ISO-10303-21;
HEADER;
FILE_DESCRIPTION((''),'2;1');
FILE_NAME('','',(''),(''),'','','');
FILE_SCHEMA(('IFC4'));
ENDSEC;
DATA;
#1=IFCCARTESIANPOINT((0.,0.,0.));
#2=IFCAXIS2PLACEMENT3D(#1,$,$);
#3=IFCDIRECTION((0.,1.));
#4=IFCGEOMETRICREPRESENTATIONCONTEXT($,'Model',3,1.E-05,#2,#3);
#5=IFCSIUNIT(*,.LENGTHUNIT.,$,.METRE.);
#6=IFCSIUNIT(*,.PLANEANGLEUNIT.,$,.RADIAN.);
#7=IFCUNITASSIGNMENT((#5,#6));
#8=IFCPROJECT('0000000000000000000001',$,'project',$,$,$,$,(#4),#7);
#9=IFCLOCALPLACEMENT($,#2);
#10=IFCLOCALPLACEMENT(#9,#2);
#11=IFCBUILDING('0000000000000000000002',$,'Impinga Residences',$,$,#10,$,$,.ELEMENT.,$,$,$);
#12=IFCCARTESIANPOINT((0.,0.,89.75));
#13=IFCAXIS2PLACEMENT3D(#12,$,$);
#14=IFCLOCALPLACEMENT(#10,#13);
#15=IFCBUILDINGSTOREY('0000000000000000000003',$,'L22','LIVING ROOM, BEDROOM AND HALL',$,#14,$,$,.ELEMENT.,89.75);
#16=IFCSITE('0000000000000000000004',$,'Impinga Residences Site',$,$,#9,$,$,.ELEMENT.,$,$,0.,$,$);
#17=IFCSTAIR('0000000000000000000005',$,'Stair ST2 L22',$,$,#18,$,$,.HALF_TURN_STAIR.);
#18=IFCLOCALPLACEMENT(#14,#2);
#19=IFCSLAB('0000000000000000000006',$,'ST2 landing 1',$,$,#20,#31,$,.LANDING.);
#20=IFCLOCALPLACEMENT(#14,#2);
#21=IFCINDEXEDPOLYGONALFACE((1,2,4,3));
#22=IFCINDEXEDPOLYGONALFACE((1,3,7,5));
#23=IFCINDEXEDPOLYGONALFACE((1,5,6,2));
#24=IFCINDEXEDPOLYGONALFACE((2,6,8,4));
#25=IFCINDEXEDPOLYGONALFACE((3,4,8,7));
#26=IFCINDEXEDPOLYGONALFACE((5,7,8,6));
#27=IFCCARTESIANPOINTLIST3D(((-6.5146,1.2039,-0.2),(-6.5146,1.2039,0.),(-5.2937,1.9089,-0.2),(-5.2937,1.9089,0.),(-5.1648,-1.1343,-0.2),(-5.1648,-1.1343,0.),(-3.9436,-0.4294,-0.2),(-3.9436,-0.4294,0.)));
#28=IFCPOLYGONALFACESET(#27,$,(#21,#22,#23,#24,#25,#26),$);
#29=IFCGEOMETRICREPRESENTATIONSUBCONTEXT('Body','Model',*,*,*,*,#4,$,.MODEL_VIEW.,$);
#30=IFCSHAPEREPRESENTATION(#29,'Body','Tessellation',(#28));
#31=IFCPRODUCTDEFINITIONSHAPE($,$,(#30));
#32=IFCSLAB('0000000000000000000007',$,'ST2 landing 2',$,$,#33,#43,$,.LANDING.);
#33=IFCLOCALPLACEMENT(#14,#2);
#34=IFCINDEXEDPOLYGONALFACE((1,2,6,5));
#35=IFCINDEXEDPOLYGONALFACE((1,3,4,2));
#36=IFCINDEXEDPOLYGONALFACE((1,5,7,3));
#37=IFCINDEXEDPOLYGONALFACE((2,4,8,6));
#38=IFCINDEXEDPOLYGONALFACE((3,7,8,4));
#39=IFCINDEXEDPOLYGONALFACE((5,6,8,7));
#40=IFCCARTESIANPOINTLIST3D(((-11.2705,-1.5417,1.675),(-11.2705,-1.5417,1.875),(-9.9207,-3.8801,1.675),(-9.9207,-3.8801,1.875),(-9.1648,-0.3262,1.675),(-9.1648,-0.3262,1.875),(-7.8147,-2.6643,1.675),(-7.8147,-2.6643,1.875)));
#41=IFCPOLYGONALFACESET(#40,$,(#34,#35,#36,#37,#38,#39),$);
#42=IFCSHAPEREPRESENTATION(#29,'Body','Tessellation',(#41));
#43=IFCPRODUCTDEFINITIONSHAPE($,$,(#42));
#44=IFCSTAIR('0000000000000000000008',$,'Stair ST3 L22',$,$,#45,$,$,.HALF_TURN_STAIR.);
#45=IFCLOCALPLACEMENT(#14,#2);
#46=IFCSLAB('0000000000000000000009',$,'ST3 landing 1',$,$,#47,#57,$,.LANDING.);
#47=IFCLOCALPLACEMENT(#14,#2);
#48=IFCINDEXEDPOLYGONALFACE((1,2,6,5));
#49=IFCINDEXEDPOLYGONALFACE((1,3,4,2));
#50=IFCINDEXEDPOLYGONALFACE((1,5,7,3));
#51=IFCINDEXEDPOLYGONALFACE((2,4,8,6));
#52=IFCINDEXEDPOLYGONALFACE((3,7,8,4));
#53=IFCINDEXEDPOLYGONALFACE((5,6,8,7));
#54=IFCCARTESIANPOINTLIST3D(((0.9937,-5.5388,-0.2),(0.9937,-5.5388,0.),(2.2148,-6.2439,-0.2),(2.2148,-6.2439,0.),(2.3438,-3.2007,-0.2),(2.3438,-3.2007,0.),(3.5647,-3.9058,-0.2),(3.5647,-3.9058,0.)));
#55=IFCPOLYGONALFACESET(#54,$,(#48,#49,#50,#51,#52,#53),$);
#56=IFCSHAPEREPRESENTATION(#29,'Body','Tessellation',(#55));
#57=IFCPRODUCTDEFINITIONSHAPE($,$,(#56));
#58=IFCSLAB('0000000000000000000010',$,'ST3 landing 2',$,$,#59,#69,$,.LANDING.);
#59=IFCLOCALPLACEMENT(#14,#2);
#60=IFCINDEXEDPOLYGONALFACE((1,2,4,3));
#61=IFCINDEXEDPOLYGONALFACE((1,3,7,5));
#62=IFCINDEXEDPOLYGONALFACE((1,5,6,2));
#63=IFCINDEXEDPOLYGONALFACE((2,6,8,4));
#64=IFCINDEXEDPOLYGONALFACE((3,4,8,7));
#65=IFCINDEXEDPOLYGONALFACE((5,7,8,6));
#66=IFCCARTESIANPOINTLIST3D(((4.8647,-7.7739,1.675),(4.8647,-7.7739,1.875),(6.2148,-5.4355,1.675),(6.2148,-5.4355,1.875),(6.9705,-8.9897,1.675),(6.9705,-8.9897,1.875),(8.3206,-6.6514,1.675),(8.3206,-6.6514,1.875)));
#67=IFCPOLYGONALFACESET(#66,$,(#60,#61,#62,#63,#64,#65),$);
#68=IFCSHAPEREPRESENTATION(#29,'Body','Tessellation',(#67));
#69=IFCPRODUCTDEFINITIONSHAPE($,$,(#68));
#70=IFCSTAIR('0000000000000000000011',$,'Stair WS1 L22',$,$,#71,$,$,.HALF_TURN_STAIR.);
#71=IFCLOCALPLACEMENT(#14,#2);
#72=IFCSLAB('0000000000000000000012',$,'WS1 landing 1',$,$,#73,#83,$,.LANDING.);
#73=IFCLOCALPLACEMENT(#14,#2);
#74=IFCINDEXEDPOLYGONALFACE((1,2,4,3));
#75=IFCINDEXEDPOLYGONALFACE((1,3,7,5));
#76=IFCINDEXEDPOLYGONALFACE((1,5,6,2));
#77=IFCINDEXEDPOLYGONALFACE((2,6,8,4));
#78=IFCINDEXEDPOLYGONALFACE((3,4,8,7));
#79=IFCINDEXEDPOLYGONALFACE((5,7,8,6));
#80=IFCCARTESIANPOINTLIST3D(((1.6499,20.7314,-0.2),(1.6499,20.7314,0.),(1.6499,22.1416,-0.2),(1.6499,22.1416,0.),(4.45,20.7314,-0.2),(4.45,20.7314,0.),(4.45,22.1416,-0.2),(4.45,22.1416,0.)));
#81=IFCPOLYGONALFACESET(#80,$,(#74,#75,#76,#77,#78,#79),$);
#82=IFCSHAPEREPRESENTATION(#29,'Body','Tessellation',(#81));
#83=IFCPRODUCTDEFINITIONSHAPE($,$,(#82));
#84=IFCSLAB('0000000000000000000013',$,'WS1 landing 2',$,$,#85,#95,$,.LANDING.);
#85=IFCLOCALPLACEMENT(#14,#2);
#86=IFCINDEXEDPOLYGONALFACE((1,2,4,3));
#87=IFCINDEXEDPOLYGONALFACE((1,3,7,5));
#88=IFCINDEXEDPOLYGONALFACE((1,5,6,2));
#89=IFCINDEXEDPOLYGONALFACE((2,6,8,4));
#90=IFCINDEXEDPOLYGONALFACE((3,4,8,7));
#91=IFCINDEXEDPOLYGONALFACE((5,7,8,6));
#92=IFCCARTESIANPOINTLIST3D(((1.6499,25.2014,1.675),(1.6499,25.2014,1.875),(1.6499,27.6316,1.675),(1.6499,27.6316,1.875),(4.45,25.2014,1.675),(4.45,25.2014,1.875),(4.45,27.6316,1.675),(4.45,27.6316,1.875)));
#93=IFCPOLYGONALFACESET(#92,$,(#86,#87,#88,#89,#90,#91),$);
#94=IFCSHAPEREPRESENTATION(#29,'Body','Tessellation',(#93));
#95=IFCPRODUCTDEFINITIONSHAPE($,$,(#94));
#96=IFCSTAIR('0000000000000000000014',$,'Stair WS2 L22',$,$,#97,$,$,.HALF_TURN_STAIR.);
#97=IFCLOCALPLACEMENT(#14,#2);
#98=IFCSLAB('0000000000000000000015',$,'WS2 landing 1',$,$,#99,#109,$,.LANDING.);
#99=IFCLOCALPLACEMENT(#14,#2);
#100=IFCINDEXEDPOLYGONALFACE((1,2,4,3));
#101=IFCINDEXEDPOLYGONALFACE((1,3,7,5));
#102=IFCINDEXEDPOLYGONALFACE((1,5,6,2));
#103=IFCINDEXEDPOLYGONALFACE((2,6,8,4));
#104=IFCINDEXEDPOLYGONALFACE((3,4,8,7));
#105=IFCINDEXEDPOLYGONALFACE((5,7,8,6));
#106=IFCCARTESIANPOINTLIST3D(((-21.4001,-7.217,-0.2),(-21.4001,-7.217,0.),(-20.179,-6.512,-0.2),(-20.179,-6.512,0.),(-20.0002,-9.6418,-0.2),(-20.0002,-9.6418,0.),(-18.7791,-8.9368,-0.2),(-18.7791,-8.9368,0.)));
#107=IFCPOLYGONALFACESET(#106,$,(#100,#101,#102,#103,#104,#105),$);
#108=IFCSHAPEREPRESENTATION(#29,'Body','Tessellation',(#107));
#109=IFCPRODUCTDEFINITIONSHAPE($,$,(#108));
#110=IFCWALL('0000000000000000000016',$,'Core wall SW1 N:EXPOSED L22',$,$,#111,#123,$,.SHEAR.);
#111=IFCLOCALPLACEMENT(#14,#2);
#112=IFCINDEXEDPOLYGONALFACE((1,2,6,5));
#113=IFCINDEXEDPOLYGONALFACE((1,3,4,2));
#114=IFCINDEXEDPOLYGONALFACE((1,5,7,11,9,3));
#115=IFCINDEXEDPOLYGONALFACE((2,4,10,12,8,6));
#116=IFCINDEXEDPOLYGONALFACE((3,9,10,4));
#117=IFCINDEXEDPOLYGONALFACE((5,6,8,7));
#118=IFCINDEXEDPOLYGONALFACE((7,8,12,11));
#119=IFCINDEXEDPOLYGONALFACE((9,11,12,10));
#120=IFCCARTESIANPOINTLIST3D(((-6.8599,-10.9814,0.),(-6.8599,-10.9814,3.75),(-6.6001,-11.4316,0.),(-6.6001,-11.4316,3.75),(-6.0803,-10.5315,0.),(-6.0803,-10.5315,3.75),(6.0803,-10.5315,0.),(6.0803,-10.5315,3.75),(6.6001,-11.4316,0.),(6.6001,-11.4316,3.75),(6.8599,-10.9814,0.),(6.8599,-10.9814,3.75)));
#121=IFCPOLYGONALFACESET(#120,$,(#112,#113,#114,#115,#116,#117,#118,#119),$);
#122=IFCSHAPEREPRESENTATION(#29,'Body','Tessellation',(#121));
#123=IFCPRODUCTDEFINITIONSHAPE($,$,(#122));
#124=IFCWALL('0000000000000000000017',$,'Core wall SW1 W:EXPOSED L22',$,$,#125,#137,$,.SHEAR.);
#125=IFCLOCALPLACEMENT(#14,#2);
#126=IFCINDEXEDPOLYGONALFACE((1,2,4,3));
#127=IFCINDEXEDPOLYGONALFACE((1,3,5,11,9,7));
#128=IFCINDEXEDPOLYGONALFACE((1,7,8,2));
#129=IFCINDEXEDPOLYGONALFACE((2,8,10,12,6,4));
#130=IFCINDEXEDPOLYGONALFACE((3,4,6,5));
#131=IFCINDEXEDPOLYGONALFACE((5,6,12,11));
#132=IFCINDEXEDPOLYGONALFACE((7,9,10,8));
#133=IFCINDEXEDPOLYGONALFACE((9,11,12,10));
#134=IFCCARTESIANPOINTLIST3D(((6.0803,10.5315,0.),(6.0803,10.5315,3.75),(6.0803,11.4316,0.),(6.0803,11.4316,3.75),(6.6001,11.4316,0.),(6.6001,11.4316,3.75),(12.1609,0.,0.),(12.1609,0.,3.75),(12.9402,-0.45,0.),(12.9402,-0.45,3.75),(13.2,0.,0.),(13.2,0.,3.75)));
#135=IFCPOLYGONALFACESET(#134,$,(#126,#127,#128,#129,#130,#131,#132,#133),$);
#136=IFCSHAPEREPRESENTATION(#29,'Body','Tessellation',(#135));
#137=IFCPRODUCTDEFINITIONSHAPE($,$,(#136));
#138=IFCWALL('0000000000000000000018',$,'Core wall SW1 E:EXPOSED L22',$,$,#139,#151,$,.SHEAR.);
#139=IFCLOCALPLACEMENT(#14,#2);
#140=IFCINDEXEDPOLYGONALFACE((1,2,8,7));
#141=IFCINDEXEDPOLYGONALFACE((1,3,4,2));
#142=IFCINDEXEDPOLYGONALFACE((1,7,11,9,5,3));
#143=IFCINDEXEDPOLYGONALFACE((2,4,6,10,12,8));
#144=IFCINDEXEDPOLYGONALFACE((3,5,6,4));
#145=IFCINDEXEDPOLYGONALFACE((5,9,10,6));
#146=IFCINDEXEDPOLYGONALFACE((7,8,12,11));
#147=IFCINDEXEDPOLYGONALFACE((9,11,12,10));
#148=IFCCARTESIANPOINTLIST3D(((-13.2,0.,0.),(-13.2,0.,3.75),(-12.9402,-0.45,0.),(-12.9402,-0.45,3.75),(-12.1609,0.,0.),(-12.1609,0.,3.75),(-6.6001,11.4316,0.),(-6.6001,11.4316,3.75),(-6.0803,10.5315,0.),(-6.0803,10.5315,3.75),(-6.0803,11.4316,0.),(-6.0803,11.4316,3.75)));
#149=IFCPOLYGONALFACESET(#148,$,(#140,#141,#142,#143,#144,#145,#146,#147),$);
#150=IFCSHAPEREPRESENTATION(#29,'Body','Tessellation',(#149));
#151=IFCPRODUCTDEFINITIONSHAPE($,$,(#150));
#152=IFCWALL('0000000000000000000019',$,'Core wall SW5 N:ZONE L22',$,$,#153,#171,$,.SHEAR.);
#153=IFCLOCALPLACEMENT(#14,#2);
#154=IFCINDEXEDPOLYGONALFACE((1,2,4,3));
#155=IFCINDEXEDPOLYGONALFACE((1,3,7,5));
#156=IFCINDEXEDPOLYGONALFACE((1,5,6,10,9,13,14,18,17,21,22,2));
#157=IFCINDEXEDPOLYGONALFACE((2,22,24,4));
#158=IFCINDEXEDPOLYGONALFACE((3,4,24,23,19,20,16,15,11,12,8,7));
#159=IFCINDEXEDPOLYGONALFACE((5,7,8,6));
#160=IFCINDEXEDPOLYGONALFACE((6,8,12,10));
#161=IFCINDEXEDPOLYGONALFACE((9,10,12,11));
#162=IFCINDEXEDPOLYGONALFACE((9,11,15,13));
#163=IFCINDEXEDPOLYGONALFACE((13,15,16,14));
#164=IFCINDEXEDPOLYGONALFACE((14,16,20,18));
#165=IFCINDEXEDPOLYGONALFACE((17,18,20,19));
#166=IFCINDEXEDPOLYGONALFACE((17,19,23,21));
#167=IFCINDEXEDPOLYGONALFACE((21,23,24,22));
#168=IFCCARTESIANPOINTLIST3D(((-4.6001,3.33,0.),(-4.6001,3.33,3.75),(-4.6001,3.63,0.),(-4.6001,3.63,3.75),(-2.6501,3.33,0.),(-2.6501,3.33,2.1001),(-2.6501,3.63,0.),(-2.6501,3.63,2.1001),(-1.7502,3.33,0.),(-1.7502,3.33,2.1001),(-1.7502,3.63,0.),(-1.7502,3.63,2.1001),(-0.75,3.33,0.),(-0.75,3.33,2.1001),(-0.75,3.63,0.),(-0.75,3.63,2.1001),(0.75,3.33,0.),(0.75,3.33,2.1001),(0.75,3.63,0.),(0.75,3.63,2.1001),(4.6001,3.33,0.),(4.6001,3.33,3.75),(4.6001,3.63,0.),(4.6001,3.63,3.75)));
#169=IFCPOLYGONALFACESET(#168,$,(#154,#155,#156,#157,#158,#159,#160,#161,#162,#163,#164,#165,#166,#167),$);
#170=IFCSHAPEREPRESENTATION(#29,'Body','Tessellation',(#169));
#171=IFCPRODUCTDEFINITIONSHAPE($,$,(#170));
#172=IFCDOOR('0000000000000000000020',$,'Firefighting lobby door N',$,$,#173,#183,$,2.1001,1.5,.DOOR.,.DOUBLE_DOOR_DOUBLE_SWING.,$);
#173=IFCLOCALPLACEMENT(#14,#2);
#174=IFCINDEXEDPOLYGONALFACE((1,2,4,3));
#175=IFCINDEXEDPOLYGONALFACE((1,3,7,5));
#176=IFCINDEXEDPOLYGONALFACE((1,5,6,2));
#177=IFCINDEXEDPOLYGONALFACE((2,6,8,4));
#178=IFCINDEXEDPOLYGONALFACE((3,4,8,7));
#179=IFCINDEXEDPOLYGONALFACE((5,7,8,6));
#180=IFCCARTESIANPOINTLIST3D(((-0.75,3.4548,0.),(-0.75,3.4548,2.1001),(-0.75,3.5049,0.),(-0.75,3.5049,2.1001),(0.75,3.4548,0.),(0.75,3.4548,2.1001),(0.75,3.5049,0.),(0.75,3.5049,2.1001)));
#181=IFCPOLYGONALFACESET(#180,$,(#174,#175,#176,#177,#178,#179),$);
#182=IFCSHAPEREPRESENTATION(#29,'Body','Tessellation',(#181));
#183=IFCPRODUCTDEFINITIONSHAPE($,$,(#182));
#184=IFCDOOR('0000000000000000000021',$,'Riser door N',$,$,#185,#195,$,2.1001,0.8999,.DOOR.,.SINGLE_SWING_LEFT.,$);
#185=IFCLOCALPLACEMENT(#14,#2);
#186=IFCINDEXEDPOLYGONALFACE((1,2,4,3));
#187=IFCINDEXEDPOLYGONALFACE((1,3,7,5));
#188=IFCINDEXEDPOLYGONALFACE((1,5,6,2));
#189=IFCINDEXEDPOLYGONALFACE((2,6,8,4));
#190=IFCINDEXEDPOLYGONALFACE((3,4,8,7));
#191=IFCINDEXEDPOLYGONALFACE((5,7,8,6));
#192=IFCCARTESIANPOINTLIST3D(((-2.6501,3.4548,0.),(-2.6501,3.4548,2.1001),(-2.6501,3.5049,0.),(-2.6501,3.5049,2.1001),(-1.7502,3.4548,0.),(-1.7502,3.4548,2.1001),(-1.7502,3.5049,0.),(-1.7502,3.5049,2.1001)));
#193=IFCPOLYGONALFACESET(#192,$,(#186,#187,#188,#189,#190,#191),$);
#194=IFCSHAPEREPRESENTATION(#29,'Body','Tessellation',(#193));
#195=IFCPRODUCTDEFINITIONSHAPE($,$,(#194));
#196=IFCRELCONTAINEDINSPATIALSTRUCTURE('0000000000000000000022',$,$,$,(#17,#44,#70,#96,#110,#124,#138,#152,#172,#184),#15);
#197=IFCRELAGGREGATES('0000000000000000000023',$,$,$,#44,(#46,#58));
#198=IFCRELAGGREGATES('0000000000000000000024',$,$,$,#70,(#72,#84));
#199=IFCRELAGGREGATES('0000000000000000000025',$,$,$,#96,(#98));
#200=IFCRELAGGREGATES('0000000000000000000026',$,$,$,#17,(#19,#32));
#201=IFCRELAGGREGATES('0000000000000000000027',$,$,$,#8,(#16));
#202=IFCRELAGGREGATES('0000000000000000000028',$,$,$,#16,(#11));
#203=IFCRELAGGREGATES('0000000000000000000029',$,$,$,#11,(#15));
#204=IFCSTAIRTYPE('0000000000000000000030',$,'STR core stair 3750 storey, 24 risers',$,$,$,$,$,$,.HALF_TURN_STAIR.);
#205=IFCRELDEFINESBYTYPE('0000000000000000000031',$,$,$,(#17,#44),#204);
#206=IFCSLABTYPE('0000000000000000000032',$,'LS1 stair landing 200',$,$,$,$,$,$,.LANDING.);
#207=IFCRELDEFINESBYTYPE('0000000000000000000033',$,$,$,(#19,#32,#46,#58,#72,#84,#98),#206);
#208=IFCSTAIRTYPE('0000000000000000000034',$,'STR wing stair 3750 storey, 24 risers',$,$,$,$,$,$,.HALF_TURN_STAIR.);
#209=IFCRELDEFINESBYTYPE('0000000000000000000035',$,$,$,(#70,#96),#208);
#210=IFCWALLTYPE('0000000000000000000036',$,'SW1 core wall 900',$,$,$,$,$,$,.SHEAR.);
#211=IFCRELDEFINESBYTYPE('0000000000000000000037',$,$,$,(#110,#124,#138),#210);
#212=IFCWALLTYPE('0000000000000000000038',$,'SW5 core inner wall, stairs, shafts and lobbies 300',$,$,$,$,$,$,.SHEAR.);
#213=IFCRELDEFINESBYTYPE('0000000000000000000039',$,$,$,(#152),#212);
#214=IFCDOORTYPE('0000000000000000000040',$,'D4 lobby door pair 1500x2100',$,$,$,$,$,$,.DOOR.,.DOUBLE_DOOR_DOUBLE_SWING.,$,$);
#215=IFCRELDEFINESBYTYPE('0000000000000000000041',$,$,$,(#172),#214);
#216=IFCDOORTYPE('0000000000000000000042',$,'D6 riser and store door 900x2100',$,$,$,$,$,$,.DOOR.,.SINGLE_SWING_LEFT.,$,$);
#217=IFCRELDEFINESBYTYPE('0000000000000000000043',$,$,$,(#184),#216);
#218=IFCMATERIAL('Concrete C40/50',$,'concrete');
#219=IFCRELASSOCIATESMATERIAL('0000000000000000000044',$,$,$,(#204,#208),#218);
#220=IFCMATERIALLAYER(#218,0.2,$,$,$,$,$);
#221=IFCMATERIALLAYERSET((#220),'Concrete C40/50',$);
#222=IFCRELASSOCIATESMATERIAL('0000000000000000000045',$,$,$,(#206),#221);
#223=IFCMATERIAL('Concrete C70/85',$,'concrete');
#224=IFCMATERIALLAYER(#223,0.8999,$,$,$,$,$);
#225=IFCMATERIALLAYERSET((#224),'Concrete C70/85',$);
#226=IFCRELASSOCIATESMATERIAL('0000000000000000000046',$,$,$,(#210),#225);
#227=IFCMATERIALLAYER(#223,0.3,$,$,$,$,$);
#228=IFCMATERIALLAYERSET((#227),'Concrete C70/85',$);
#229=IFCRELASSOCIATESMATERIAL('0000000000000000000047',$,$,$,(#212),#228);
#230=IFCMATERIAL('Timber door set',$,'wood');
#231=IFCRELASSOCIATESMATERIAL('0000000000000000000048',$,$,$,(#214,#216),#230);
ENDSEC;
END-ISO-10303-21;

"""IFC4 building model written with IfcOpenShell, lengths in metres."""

from ifc_helpers import new_model, si_unit, direction, frame, frame_2d, origin, place, context, subcontext, project, spatial, polyline, rectangle, outline, extrude, material, layer, layer_set, type_object, element, fill, aggregate, save


model = new_model("IFC4")

# Units and contexts
model_context = context("Model", 3, precision=1e-05, world=origin(), true_north=direction((0.0, 1.0)))
body_context = subcontext(model_context, "Body", "Model", "MODEL_VIEW")
ifc_project = project(units=[si_unit("LENGTHUNIT", "METRE"), si_unit("PLANEANGLEUNIT", "RADIAN")], contexts=[model_context])

# Site, building, storey
site_placement = place(None, origin())
site = spatial("IfcSite", under=ifc_project, at=site_placement, Name="Impinga Residences Site", CompositionType="ELEMENT", RefElevation=0.0)
building_placement = place(site_placement, origin())
building = spatial("IfcBuilding", under=site, at=building_placement, Name="Impinga Residences", CompositionType="ELEMENT")
storey_placement = place(building_placement, frame((0.0, 0.0, 89.75)))
storey = spatial("IfcBuildingStorey", under=building, at=storey_placement, Name="L22", Description="LIVING ROOM, BEDROOM AND HALL", CompositionType="ELEMENT", Elevation=89.75)

# Stairs, slabs
ifc_material_1 = material(Name="Concrete C40/50", Category="concrete")
stair_type_1 = type_object("IfcStairType", Name="STR core stair 3750 storey, 24 risers", PredefinedType="HALF_TURN_STAIR", material=ifc_material_1)
ifc_layer_1 = layer(ifc_material_1, 0.2)
ifc_layer_set_1 = layer_set([ifc_layer_1], Name="Concrete C40/50")
slab_type_1 = type_object("IfcSlabType", Name="LS1 stair landing 200", PredefinedType="LANDING", material=ifc_layer_set_1)
stair_1_placement = place(storey_placement, origin())
stair_1 = element("IfcStair", 1, at=stair_1_placement, inside=storey, type_object=stair_type_1, Name="Stair ST2 L22", PredefinedType="HALF_TURN_STAIR")
slab_1_placement = place(storey_placement, frame((0.0, 0.0, -0.2)))
slab_1 = element("IfcSlab", 2, at=slab_1_placement, type_object=slab_type_1, Name="ST2 landing 1", PredefinedType="LANDING", context=body_context, shape_type="SweptSolid", body=[
    extrude(outline(polyline([(-3.9436, -0.4294), (-5.2937, 1.9089), (-6.5146, 1.2039), (-5.1648, -1.1343), (-3.9436, -0.4294)])), origin(), (0.0, 0.0, 1.0), 0.2),
])
slab_2_placement = place(storey_placement, frame((0.0, 0.0, 1.675)))
slab_2 = element("IfcSlab", 3, at=slab_2_placement, type_object=slab_type_1, Name="ST2 landing 2", PredefinedType="LANDING", context=body_context, shape_type="SweptSolid", body=[
    extrude(outline(polyline([(-7.8147, -2.6643), (-9.1648, -0.3262), (-11.2705, -1.5417), (-9.9207, -3.8801), (-7.8147, -2.6643)])), origin(), (0.0, 0.0, 1.0), 0.2),
])
stair_2_placement = place(storey_placement, origin())
stair_2 = element("IfcStair", 4, at=stair_2_placement, inside=storey, type_object=stair_type_1, Name="Stair ST3 L22", PredefinedType="HALF_TURN_STAIR")
slab_3_placement = place(storey_placement, frame((0.0, 0.0, -0.2)))
slab_3 = element("IfcSlab", 5, at=slab_3_placement, type_object=slab_type_1, Name="ST3 landing 1", PredefinedType="LANDING", context=body_context, shape_type="SweptSolid", body=[
    extrude(outline(polyline([(2.3438, -3.2007), (0.9937, -5.5388), (2.2148, -6.2439), (3.5647, -3.9058), (2.3438, -3.2007)])), origin(), (0.0, 0.0, 1.0), 0.2),
])
slab_4_placement = place(storey_placement, frame((0.0, 0.0, 1.675)))
slab_4 = element("IfcSlab", 6, at=slab_4_placement, type_object=slab_type_1, Name="ST3 landing 2", PredefinedType="LANDING", context=body_context, shape_type="SweptSolid", body=[
    extrude(outline(polyline([(6.2148, -5.4355), (4.8647, -7.7739), (6.9705, -8.9897), (8.3206, -6.6514), (6.2148, -5.4355)])), origin(), (0.0, 0.0, 1.0), 0.2),
])
aggregate(stair_2, [slab_3, slab_4])
stair_type_2 = type_object("IfcStairType", Name="STR wing stair 3750 storey, 24 risers", PredefinedType="HALF_TURN_STAIR", material=ifc_material_1)
stair_3_placement = place(storey_placement, origin())
stair_3 = element("IfcStair", 7, at=stair_3_placement, inside=storey, type_object=stair_type_2, Name="Stair WS1 L22", PredefinedType="HALF_TURN_STAIR")
slab_5_placement = place(storey_placement, frame((0.0, 0.0, -0.2)))
slab_5 = element("IfcSlab", 8, at=slab_5_placement, type_object=slab_type_1, Name="WS1 landing 1", PredefinedType="LANDING", context=body_context, shape_type="SweptSolid", body=[
    extrude(outline(polyline([(1.6499, 20.7314), (4.45, 20.7314), (4.45, 22.1416), (1.6499, 22.1416), (1.6499, 20.7314)])), origin(), (0.0, 0.0, 1.0), 0.2),
])
slab_6_placement = place(storey_placement, frame((0.0, 0.0, 1.675)))
slab_6 = element("IfcSlab", 9, at=slab_6_placement, type_object=slab_type_1, Name="WS1 landing 2", PredefinedType="LANDING", context=body_context, shape_type="SweptSolid", body=[
    extrude(outline(polyline([(1.6499, 25.2014), (4.45, 25.2014), (4.45, 27.6316), (1.6499, 27.6316), (1.6499, 25.2014)])), origin(), (0.0, 0.0, 1.0), 0.2),
])
aggregate(stair_3, [slab_5, slab_6])

# Stair, slab
stair_4_placement = place(storey_placement, origin())
stair_4 = element("IfcStair", 10, at=stair_4_placement, inside=storey, type_object=stair_type_2, Name="Stair WS2 L22", PredefinedType="HALF_TURN_STAIR")
slab_7_placement = place(storey_placement, frame((0.0, 0.0, -0.2)))
slab_7 = element("IfcSlab", 11, at=slab_7_placement, type_object=slab_type_1, Name="WS2 landing 1", PredefinedType="LANDING", context=body_context, shape_type="SweptSolid", body=[
    extrude(outline(polyline([(-18.7791, -8.9368), (-20.179, -6.512), (-21.4001, -7.217), (-20.0002, -9.6418), (-18.7791, -8.9368)])), origin(), (0.0, 0.0, 1.0), 0.2),
])
aggregate(stair_4, [slab_7])

# Walls
ifc_material_2 = material(Name="Concrete C70/85", Category="concrete")
ifc_layer_2 = layer(ifc_material_2, 0.8999)
ifc_layer_set_2 = layer_set([ifc_layer_2], Name="Concrete C70/85")
wall_type_1 = type_object("IfcWallType", Name="SW1 core wall 900", PredefinedType="SHEAR", material=ifc_layer_set_2)
wall_1_placement = place(storey_placement, origin())
element("IfcWall", 12, at=wall_1_placement, inside=storey, type_object=wall_type_1, Name="Core wall SW1 N:EXPOSED L22", PredefinedType="SHEAR", context=body_context, shape_type="SweptSolid", body=[
    extrude(outline(polyline([(-6.6001, -11.4316), (6.6001, -11.4316), (6.8599, -10.9814), (6.0803, -10.5315), (-6.0803, -10.5315), (-6.8599, -10.9814), (-6.6001, -11.4316)])), origin(), (0.0, 0.0, 1.0), 3.75),
])
wall_2_placement = place(storey_placement, origin())
element("IfcWall", 13, at=wall_2_placement, inside=storey, type_object=wall_type_1, Name="Core wall SW1 W:EXPOSED L22", PredefinedType="SHEAR", context=body_context, shape_type="SweptSolid", body=[
    extrude(outline(polyline([(13.2, 0.0), (6.6001, 11.4316), (6.0803, 11.4316), (6.0803, 10.5315), (12.1609, 0.0), (12.9402, -0.45), (13.2, 0.0)])), origin(), (0.0, 0.0, 1.0), 3.75),
])
wall_3_placement = place(storey_placement, origin())
element("IfcWall", 14, at=wall_3_placement, inside=storey, type_object=wall_type_1, Name="Core wall SW1 E:EXPOSED L22", PredefinedType="SHEAR", context=body_context, shape_type="SweptSolid", body=[
    extrude(outline(polyline([(-6.6001, 11.4316), (-13.2, 0.0), (-12.9402, -0.45), (-12.1609, 0.0), (-6.0803, 10.5315), (-6.0803, 11.4316), (-6.6001, 11.4316)])), origin(), (0.0, 0.0, 1.0), 3.75),
])

# Wall, openings, doors
ifc_layer_3 = layer(ifc_material_2, 0.3)
ifc_layer_set_3 = layer_set([ifc_layer_3], Name="Concrete C70/85")
wall_type_2 = type_object("IfcWallType", Name="SW5 core inner wall, stairs, shafts and lobbies 300", PredefinedType="SHEAR", material=ifc_layer_set_3)
wall_4_placement = place(storey_placement, frame((-4.6001, 3.48, 0.0), z_axis=(0.0, 0.0, 1.0), x_axis=(1.0, 0.0, 0.0)))
wall_4 = element("IfcWall", 15, at=wall_4_placement, inside=storey, type_object=wall_type_2, Name="Core wall SW5 N:ZONE L22", PredefinedType="SHEAR", context=body_context, shape_type="SweptSolid", body=[
    extrude(rectangle(XDim=9.2002, YDim=0.3, at=frame_2d((4.6001, 0.0))), origin(), (0.0, 0.0, 1.0), 3.75),
])
opening_1_placement = place(wall_4_placement, frame((3.8501, 0.0, 0.0)))
opening_1 = element("IfcOpeningElement", 16, at=opening_1_placement, cuts=wall_4, PredefinedType="OPENING", context=body_context, shape_type="SweptSolid", body=[
    extrude(rectangle(XDim=1.5, YDim=2.1001, at=frame_2d((0.75, 1.05))), frame((0.0, 0.1599, 0.0), z_axis=(0.0, -1.0, 0.0), x_axis=(1.0, 0.0, 0.0)), (0.0, 0.0, 1.0), 0.3201),
])
opening_2_placement = place(wall_4_placement, frame((1.95, 0.0, 0.0)))
opening_2 = element("IfcOpeningElement", 17, at=opening_2_placement, cuts=wall_4, PredefinedType="OPENING", context=body_context, shape_type="SweptSolid", body=[
    extrude(rectangle(XDim=0.8999, YDim=2.1001, at=frame_2d((0.45, 1.05))), frame((0.0, 0.1599, 0.0), z_axis=(0.0, -1.0, 0.0), x_axis=(1.0, 0.0, 0.0)), (0.0, 0.0, 1.0), 0.3201),
])
ifc_material_3 = material(Name="Timber door set", Category="wood")
door_type_1 = type_object("IfcDoorType", Name="D4 lobby door pair 1500x2100", OperationType="DOUBLE_DOOR_DOUBLE_SWING", PredefinedType="DOOR", material=ifc_material_3)
door_1_placement = place(opening_1_placement, origin())
door_1 = element("IfcDoor", 18, at=door_1_placement, inside=storey, type_object=door_type_1, Name="Firefighting lobby door N", OperationType="DOUBLE_DOOR_DOUBLE_SWING", OverallHeight=2.1001, OverallWidth=1.5, PredefinedType="DOOR", context=body_context, shape_type="SweptSolid", body=[
    extrude(rectangle(XDim=1.5, YDim=2.1001, at=frame_2d((0.75, 1.05))), frame((0.0, 0.0249, 0.0), z_axis=(0.0, -1.0, 0.0), x_axis=(1.0, 0.0, 0.0)), (0.0, 0.0, 1.0), 0.05),
])
fill(opening_1, door_1)
door_type_2 = type_object("IfcDoorType", Name="D6 riser and store door 900x2100", OperationType="SINGLE_SWING_LEFT", PredefinedType="DOOR", material=ifc_material_3)
door_2_placement = place(opening_2_placement, origin())
door_2 = element("IfcDoor", 19, at=door_2_placement, inside=storey, type_object=door_type_2, Name="Riser door N", OperationType="SINGLE_SWING_LEFT", OverallHeight=2.1001, OverallWidth=0.8999, PredefinedType="DOOR", context=body_context, shape_type="SweptSolid", body=[
    extrude(rectangle(XDim=0.8999, YDim=2.1001, at=frame_2d((0.45, 1.05))), frame((0.0, 0.0249, 0.0), z_axis=(0.0, -1.0, 0.0), x_axis=(1.0, 0.0, 0.0)), (0.0, 0.0, 1.0), 0.05),
])
fill(opening_2, door_2)

aggregate(stair_1, [slab_1, slab_2])

save(model, "model.ifc")
